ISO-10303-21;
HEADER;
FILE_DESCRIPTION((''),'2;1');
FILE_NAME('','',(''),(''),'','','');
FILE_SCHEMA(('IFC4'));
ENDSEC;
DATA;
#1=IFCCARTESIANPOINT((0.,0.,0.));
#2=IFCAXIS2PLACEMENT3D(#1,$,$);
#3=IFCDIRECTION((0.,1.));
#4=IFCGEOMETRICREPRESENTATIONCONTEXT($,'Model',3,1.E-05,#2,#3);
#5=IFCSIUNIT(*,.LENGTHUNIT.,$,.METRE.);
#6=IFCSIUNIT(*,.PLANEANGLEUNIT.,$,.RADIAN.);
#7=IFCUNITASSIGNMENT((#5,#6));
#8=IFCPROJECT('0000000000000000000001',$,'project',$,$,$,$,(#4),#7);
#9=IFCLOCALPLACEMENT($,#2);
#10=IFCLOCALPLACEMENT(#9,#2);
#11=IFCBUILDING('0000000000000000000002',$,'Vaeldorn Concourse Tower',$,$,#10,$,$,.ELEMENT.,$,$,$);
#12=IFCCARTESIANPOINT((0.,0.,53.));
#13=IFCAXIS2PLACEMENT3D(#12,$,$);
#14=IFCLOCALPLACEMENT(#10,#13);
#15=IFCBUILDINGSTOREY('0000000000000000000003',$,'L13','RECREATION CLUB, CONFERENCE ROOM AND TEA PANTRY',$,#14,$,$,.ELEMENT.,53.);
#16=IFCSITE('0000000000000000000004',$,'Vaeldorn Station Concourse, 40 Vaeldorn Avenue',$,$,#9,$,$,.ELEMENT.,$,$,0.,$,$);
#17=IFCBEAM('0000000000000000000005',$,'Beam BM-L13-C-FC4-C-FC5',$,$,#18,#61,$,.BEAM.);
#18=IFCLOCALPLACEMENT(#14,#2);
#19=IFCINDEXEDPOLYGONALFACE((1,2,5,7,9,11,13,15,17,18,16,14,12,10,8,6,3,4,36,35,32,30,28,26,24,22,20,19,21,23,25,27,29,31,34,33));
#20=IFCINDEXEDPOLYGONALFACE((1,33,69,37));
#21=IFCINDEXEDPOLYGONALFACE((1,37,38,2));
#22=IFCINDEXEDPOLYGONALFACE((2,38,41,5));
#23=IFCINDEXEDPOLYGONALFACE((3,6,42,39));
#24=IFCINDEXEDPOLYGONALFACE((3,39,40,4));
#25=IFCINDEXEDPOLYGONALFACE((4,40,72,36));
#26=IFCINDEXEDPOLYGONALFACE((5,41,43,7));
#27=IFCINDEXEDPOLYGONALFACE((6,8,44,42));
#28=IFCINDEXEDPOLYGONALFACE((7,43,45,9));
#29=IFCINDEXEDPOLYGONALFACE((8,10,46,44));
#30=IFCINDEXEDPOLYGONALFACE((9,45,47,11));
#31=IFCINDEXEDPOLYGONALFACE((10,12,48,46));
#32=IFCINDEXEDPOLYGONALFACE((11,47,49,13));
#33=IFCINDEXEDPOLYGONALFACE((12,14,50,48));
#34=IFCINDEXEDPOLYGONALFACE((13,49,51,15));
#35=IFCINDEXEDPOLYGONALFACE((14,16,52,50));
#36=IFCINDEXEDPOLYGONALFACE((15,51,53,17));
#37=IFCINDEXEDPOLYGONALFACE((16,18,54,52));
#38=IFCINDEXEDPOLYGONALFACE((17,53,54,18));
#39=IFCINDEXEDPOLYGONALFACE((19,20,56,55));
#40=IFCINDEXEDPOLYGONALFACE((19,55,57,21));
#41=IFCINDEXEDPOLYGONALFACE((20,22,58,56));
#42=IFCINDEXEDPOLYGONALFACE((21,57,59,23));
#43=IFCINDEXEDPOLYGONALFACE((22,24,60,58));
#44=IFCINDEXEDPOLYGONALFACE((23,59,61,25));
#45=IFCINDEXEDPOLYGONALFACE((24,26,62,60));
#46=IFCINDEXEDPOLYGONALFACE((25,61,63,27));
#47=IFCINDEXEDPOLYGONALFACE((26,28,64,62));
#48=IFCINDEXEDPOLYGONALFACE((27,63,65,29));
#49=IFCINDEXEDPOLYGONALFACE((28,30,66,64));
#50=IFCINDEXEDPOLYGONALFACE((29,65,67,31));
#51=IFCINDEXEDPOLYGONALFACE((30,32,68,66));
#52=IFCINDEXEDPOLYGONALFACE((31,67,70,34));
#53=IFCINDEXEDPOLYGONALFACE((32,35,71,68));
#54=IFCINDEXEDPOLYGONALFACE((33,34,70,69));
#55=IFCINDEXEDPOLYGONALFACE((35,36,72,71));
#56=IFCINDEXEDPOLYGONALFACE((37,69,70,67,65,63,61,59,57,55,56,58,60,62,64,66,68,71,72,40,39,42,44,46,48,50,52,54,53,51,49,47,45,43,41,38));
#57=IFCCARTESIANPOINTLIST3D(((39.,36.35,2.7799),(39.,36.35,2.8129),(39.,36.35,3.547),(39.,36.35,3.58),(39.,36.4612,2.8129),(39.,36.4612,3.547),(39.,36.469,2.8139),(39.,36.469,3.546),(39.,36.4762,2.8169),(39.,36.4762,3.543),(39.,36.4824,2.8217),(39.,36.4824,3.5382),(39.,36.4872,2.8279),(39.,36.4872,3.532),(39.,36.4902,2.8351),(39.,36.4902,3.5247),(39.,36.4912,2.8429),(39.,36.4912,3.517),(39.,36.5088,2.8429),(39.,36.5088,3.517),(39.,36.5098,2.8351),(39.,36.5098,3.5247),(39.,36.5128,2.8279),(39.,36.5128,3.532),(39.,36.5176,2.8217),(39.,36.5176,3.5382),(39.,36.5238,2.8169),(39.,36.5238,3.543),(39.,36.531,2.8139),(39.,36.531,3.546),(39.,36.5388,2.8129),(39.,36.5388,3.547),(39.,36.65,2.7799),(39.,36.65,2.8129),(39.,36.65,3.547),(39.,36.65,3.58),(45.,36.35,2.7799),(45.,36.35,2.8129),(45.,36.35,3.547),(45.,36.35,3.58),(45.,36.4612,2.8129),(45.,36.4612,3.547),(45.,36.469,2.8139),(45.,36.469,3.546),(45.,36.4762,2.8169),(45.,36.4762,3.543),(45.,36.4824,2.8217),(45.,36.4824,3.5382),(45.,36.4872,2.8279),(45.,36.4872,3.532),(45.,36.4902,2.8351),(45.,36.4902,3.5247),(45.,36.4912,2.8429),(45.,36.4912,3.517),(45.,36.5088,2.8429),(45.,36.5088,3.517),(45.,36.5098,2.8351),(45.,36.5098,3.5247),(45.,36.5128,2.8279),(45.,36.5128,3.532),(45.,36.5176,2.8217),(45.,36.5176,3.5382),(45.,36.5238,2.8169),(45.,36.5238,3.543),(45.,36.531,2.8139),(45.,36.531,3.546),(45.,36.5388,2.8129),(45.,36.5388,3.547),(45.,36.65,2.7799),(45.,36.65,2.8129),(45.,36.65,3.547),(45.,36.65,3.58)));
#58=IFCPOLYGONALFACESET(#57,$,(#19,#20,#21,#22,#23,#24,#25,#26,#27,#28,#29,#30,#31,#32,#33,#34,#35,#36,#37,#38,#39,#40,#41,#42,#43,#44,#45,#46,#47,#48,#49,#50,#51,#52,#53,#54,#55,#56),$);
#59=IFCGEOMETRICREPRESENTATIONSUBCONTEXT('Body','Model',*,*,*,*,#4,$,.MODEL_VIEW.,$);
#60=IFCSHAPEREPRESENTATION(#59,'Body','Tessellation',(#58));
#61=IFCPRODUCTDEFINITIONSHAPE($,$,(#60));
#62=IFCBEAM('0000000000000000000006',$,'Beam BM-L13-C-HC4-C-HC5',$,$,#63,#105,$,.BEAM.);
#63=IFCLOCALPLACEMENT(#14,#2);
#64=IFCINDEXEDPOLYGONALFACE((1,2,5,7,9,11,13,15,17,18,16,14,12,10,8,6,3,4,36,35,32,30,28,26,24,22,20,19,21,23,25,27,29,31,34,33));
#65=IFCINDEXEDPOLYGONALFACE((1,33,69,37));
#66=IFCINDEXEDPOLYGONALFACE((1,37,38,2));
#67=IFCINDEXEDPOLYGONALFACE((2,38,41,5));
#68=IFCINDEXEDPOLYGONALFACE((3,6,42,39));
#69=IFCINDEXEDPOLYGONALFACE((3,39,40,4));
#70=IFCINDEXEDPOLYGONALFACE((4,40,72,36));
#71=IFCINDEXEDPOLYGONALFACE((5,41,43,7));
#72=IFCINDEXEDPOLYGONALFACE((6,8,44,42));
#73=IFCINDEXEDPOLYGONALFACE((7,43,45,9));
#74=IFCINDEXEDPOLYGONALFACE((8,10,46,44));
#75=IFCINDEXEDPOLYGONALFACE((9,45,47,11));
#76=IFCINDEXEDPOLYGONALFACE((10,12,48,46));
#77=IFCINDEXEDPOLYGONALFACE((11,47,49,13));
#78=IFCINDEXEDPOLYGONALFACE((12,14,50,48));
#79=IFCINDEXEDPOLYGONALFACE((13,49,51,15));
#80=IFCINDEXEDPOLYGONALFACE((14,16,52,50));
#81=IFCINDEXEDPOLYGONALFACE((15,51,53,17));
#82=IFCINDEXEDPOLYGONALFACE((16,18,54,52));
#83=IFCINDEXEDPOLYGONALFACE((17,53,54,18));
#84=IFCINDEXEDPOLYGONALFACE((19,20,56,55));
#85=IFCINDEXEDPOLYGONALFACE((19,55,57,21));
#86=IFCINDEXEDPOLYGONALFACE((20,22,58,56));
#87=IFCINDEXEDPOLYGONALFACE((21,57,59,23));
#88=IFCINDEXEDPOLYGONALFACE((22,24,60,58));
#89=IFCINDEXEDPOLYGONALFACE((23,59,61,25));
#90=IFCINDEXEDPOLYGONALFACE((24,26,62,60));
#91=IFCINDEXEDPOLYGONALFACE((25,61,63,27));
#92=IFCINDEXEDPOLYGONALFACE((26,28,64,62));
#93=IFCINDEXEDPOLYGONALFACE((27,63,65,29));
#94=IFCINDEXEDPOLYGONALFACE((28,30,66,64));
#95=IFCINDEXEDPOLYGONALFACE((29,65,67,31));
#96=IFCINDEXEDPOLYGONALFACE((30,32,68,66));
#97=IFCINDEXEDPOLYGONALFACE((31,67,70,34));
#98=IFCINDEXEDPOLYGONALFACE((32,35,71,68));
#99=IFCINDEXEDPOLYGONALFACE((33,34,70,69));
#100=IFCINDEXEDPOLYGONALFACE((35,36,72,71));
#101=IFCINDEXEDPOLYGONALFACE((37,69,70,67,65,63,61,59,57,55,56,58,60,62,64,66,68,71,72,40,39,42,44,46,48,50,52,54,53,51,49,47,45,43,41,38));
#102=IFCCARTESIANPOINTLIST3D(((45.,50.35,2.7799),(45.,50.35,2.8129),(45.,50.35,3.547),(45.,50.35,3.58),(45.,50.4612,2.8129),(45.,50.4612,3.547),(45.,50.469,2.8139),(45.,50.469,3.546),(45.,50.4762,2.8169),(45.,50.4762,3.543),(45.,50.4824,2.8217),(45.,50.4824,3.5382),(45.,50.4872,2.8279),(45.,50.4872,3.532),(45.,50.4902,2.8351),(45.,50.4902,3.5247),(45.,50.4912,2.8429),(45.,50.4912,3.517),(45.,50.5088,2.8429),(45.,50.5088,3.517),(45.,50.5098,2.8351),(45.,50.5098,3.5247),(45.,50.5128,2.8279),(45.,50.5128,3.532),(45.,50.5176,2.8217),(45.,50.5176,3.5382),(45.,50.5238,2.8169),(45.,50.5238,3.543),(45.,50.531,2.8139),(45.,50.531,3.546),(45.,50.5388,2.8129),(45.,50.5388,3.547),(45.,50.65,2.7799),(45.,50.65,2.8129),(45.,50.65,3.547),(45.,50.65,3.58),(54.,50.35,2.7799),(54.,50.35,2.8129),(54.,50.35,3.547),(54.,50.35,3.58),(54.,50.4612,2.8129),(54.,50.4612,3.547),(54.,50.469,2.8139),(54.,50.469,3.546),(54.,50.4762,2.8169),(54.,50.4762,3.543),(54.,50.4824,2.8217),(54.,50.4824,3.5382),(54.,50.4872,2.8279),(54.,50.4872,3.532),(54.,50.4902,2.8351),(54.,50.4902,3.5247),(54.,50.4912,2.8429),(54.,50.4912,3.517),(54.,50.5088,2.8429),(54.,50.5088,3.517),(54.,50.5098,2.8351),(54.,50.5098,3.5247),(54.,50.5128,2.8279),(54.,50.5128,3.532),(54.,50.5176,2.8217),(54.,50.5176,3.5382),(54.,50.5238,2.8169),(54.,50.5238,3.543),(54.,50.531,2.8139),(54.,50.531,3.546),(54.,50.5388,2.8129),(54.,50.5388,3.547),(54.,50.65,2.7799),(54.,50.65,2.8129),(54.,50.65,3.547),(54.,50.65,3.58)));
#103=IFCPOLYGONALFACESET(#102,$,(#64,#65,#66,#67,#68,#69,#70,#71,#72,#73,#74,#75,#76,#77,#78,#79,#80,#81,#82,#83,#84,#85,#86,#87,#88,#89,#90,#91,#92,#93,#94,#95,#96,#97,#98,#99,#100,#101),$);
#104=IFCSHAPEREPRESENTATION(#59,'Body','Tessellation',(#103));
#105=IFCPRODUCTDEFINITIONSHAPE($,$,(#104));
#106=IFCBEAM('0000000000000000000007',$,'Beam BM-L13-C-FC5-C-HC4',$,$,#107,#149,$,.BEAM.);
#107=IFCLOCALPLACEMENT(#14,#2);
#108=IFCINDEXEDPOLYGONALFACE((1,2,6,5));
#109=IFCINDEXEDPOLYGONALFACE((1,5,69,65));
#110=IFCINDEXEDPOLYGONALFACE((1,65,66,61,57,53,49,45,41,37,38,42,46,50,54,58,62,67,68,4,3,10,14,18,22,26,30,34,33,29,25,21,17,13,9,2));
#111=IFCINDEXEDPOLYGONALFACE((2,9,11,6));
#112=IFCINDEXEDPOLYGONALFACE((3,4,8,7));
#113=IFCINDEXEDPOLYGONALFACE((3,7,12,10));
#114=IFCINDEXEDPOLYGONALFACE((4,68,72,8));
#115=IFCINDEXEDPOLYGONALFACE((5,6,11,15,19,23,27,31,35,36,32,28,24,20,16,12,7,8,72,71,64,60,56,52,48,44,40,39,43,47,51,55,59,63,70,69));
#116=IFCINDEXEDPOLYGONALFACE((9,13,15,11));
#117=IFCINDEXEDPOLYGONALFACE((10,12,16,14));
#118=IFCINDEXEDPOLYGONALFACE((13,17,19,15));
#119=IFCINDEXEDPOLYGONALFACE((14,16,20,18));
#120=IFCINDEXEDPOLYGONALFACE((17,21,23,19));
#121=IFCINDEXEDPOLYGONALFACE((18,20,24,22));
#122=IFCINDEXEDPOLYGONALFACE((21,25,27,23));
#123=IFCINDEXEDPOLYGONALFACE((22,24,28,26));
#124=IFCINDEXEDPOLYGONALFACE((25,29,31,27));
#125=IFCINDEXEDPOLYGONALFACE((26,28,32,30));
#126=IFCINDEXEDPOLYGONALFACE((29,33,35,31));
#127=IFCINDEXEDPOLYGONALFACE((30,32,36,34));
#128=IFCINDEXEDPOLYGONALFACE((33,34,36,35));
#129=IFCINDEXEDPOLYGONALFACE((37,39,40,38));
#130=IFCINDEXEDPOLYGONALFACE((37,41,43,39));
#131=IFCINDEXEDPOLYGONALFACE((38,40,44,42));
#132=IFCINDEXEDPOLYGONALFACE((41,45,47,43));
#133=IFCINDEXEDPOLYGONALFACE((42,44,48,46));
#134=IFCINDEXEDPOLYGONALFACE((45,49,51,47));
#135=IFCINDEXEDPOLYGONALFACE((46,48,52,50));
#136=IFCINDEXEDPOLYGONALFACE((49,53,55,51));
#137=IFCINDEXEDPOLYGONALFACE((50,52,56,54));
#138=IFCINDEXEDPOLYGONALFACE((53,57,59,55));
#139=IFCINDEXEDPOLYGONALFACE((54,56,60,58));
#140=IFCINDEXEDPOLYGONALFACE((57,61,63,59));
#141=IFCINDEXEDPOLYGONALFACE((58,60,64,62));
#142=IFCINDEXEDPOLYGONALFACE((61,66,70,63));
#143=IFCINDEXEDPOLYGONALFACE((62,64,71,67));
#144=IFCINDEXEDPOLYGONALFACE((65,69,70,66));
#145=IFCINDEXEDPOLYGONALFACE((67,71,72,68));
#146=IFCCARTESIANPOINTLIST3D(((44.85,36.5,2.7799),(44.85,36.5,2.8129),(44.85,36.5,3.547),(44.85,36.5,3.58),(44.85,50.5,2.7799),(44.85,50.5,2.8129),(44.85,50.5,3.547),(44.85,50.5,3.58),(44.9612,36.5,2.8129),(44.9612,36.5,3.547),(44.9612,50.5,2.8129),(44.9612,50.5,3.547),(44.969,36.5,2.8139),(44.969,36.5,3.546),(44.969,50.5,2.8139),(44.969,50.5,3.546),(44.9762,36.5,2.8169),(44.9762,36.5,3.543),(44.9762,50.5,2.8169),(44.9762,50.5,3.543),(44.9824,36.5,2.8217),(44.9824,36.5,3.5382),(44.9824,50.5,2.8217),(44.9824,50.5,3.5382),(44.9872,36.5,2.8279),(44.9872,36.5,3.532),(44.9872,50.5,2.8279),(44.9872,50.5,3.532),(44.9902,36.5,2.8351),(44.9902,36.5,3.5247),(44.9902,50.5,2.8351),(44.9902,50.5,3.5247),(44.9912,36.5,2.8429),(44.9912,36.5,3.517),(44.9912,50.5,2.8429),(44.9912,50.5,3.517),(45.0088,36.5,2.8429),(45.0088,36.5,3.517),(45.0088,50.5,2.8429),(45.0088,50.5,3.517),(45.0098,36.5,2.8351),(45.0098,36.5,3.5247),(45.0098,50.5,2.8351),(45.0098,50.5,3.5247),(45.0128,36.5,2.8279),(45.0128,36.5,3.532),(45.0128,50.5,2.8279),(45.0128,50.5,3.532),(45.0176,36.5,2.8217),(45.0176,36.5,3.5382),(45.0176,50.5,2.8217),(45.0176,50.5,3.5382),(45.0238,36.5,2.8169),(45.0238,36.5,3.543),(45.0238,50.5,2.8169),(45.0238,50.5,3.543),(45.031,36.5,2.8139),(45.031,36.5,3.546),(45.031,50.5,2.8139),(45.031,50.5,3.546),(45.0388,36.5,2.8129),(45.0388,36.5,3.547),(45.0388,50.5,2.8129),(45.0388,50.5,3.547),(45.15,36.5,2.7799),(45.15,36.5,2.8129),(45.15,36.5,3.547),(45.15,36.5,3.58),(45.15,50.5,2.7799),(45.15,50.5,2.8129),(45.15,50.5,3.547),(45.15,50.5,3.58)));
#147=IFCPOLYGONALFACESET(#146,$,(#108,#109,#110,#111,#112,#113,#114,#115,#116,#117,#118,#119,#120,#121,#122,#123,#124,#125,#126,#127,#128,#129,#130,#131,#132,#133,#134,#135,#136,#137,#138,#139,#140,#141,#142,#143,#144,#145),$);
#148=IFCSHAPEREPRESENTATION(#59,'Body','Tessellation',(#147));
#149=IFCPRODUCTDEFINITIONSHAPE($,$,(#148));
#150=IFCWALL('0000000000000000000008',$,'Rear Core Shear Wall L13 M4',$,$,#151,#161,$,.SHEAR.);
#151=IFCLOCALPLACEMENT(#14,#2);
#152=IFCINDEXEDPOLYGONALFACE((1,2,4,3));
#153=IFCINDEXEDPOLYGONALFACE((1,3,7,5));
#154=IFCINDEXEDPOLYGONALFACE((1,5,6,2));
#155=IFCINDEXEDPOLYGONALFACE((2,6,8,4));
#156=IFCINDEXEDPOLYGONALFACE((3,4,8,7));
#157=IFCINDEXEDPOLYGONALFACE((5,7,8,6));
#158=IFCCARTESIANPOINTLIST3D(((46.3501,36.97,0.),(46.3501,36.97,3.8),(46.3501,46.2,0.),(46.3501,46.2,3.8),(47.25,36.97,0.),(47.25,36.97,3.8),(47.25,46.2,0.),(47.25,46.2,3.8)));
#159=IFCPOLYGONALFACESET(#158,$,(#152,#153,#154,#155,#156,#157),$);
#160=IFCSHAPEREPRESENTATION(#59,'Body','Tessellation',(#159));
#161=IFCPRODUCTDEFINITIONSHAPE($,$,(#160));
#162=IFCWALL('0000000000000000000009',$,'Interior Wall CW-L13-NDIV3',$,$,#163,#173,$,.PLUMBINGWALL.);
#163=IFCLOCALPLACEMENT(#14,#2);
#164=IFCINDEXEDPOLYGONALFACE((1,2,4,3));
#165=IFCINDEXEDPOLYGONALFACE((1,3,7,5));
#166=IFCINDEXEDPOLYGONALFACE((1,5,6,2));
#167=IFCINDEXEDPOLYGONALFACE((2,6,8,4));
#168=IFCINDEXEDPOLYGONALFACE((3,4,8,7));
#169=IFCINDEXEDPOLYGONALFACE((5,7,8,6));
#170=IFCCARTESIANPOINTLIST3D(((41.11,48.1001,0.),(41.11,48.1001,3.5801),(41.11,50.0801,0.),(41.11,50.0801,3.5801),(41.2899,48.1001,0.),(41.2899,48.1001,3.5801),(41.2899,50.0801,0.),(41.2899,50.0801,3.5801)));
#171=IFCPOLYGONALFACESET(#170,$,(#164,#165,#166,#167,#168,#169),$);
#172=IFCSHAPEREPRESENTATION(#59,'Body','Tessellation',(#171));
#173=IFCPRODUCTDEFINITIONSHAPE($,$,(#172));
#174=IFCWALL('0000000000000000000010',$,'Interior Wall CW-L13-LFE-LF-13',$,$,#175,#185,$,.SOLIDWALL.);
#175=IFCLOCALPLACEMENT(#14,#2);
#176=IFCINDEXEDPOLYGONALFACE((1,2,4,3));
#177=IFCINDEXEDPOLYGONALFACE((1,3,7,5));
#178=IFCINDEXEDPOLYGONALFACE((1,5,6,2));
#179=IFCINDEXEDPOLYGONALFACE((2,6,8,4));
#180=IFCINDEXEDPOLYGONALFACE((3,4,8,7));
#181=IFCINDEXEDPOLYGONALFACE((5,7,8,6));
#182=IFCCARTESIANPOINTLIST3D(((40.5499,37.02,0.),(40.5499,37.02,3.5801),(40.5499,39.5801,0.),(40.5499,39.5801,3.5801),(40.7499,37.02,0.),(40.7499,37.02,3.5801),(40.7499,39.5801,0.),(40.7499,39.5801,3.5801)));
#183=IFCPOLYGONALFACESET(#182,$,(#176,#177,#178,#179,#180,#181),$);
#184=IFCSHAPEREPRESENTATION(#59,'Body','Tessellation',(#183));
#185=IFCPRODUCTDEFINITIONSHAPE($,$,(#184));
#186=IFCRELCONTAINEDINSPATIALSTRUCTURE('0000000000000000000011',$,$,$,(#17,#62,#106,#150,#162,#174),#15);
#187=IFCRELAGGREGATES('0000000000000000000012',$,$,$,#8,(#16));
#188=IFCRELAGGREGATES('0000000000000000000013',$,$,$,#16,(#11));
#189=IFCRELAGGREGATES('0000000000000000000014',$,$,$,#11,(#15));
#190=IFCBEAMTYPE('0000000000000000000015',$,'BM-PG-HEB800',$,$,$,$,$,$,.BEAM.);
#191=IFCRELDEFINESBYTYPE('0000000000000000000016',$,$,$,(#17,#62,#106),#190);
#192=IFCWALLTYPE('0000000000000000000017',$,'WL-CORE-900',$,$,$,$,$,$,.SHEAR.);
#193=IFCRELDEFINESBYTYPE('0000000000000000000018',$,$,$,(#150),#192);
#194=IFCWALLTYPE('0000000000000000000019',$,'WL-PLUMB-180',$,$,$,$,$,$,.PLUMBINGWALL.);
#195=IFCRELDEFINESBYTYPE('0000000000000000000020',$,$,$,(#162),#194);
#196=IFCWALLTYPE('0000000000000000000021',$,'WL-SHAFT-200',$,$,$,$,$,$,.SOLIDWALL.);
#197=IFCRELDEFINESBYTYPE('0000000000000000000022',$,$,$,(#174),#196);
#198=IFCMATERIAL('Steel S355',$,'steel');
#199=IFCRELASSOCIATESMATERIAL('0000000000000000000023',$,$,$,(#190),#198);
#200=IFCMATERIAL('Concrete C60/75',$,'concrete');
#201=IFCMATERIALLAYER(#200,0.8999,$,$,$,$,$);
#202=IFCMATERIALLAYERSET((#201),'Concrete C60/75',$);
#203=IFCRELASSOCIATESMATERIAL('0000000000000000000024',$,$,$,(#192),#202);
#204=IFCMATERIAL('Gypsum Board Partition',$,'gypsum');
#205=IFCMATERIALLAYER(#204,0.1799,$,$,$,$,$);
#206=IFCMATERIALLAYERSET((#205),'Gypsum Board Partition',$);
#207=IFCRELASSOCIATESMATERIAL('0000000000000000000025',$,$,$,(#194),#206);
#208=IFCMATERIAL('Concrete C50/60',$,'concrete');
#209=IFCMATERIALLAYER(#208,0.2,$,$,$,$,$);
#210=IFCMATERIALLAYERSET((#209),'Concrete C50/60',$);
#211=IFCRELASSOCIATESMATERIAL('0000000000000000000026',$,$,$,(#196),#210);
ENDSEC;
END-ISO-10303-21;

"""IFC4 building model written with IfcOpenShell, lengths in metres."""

from ifc_helpers import new_model, si_unit, direction, frame, frame_2d, origin, origin_2d, place, context, subcontext, project, spatial, rectangle, i_section, extrude, source, transform, mapped, material, layer, layer_set, material_profile, profile_set, type_object, element, save


model = new_model("IFC4")

# Units and contexts
model_context = context("Model", 3, precision=1e-05, world=origin(), true_north=direction((0.0, 1.0)))
body_context = subcontext(model_context, "Body", "Model", "MODEL_VIEW")
ifc_project = project(units=[si_unit("LENGTHUNIT", "METRE"), si_unit("PLANEANGLEUNIT", "RADIAN")], contexts=[model_context])

# Site, building, storey
site_placement = place(None, origin())
site = spatial("IfcSite", under=ifc_project, at=site_placement, Name="Vaeldorn Station Concourse, 40 Vaeldorn Avenue", CompositionType="ELEMENT", RefElevation=0.0)
building_placement = place(site_placement, origin())
building = spatial("IfcBuilding", under=site, at=building_placement, Name="Vaeldorn Concourse Tower", CompositionType="ELEMENT")
storey_placement = place(building_placement, frame((0.0, 0.0, 53.0)))
storey = spatial("IfcBuildingStorey", under=building, at=storey_placement, Name="L13", Description="RECREATION CLUB, CONFERENCE ROOM AND TEA PANTRY", CompositionType="ELEMENT", Elevation=53.0)

# Beams
ifc_material_1 = material(Name="Concrete C60/75", Category="concrete")
ifc_material_2 = material(Name="Steel S355", Category="steel")
ifc_material_profile_1 = material_profile(ifc_material_2, i_section(OverallWidth=0.3, OverallDepth=0.8, WebThickness=0.0176, FlangeThickness=0.033, FilletRadius=0.03, at=origin_2d()), Name="HEB 800")
ifc_profile_set_1 = profile_set([ifc_material_profile_1], Name="Steel S355")
beam_type_1 = type_object("IfcBeamType", Name="BM-PG-HEB800", PredefinedType="BEAM", material=ifc_profile_set_1)
shared_shape_1 = source(origin(), body_context, "Body", "SweptSolid", [
    extrude(i_section(OverallWidth=0.3, OverallDepth=0.8, WebThickness=0.0176, FlangeThickness=0.033, FilletRadius=0.03, at=origin_2d()), origin(), (0.0, 0.0, 1.0), 6.0),
])
beam_1_placement = place(storey_placement, frame((39.0, 36.5, 3.1799), z_axis=(1.0, 0.0, 0.0), x_axis=(0.0, 1.0, 0.0)))
element("IfcBeam", 1, at=beam_1_placement, inside=storey, type_object=beam_type_1, Name="Beam BM-L13-C-FC4-C-FC5", PredefinedType="BEAM", context=body_context, shape_type="MappedRepresentation", body=[
    mapped(shared_shape_1, transform((0.0, 0.0, 0.0), scale=1.0)),
])
shared_shape_2 = source(origin(), body_context, "Body", "SweptSolid", [
    extrude(i_section(OverallWidth=0.3, OverallDepth=0.8, WebThickness=0.0176, FlangeThickness=0.033, FilletRadius=0.03, at=origin_2d()), origin(), (0.0, 0.0, 1.0), 9.0),
])
beam_2_placement = place(storey_placement, frame((45.0, 50.5, 3.1799), z_axis=(1.0, 0.0, 0.0), x_axis=(0.0, 1.0, 0.0)))
element("IfcBeam", 2, at=beam_2_placement, inside=storey, type_object=beam_type_1, Name="Beam BM-L13-C-HC4-C-HC5", PredefinedType="BEAM", context=body_context, shape_type="MappedRepresentation", body=[
    mapped(shared_shape_2, transform((0.0, 0.0, 0.0), scale=1.0)),
])
shared_shape_3 = source(origin(), body_context, "Body", "SweptSolid", [
    extrude(i_section(OverallWidth=0.3, OverallDepth=0.8, WebThickness=0.0176, FlangeThickness=0.033, FilletRadius=0.03, at=origin_2d()), origin(), (0.0, 0.0, 1.0), 14.0),
])
beam_3_placement = place(storey_placement, frame((45.0, 36.5, 3.1799), z_axis=(0.0, 1.0, 0.0), x_axis=(-1.0, 0.0, 0.0)))
element("IfcBeam", 3, at=beam_3_placement, inside=storey, type_object=beam_type_1, Name="Beam BM-L13-C-FC5-C-HC4", PredefinedType="BEAM", context=body_context, shape_type="MappedRepresentation", body=[
    mapped(shared_shape_3, transform((0.0, 0.0, 0.0), scale=1.0)),
])

# Walls
ifc_layer_1 = layer(ifc_material_1, 0.8999)
ifc_layer_set_1 = layer_set([ifc_layer_1], Name="Concrete C60/75")
wall_type_1 = type_object("IfcWallType", Name="WL-CORE-900", PredefinedType="SHEAR", material=ifc_layer_set_1)
wall_1_placement = place(storey_placement, frame((46.8, 36.97, 0.0), z_axis=(0.0, 0.0, 1.0), x_axis=(0.0, 1.0, 0.0)))
element("IfcWall", 4, at=wall_1_placement, inside=storey, type_object=wall_type_1, Name="Rear Core Shear Wall L13 M4", PredefinedType="SHEAR", context=body_context, shape_type="SweptSolid", body=[
    extrude(rectangle(XDim=9.23, YDim=0.8999, at=frame_2d((4.615, 0.0))), origin(), (0.0, 0.0, 1.0), 3.8),
])
ifc_material_3 = material(Name="Gypsum Board Partition", Category="gypsum")
ifc_layer_2 = layer(ifc_material_3, 0.1799)
ifc_layer_set_2 = layer_set([ifc_layer_2], Name="Gypsum Board Partition")
wall_type_2 = type_object("IfcWallType", Name="WL-PLUMB-180", PredefinedType="PLUMBINGWALL", material=ifc_layer_set_2)
wall_2_placement = place(storey_placement, frame((41.2, 48.1001, 0.0), z_axis=(0.0, 0.0, 1.0), x_axis=(0.0, 1.0, 0.0)))
element("IfcWall", 5, at=wall_2_placement, inside=storey, type_object=wall_type_2, Name="Interior Wall CW-L13-NDIV3", PredefinedType="PLUMBINGWALL", context=body_context, shape_type="SweptSolid", body=[
    extrude(rectangle(XDim=1.98, YDim=0.1799, at=frame_2d((0.99, 0.0))), origin(), (0.0, 0.0, 1.0), 3.5801),
])

# Shared definitions
ifc_material_4 = material(Name="Concrete C50/60", Category="concrete")
ifc_layer_3 = layer(ifc_material_4, 0.2)
ifc_layer_set_3 = layer_set([ifc_layer_3], Name="Concrete C50/60")
wall_type_3 = type_object("IfcWallType", Name="WL-SHAFT-200", PredefinedType="SOLIDWALL", material=ifc_layer_set_3)

# Wall
wall_3_placement = place(storey_placement, frame((40.6499, 37.02, 0.0), z_axis=(0.0, 0.0, 1.0), x_axis=(0.0, 1.0, 0.0)))
element("IfcWall", 6, at=wall_3_placement, inside=storey, type_object=wall_type_3, Name="Interior Wall CW-L13-LFE-LF-13", PredefinedType="SOLIDWALL", context=body_context, shape_type="SweptSolid", body=[
    extrude(rectangle(XDim=2.5601, YDim=0.2, at=frame_2d((1.28, 0.0))), origin(), (0.0, 0.0, 1.0), 3.5801),
])

save(model, "model.ifc")
